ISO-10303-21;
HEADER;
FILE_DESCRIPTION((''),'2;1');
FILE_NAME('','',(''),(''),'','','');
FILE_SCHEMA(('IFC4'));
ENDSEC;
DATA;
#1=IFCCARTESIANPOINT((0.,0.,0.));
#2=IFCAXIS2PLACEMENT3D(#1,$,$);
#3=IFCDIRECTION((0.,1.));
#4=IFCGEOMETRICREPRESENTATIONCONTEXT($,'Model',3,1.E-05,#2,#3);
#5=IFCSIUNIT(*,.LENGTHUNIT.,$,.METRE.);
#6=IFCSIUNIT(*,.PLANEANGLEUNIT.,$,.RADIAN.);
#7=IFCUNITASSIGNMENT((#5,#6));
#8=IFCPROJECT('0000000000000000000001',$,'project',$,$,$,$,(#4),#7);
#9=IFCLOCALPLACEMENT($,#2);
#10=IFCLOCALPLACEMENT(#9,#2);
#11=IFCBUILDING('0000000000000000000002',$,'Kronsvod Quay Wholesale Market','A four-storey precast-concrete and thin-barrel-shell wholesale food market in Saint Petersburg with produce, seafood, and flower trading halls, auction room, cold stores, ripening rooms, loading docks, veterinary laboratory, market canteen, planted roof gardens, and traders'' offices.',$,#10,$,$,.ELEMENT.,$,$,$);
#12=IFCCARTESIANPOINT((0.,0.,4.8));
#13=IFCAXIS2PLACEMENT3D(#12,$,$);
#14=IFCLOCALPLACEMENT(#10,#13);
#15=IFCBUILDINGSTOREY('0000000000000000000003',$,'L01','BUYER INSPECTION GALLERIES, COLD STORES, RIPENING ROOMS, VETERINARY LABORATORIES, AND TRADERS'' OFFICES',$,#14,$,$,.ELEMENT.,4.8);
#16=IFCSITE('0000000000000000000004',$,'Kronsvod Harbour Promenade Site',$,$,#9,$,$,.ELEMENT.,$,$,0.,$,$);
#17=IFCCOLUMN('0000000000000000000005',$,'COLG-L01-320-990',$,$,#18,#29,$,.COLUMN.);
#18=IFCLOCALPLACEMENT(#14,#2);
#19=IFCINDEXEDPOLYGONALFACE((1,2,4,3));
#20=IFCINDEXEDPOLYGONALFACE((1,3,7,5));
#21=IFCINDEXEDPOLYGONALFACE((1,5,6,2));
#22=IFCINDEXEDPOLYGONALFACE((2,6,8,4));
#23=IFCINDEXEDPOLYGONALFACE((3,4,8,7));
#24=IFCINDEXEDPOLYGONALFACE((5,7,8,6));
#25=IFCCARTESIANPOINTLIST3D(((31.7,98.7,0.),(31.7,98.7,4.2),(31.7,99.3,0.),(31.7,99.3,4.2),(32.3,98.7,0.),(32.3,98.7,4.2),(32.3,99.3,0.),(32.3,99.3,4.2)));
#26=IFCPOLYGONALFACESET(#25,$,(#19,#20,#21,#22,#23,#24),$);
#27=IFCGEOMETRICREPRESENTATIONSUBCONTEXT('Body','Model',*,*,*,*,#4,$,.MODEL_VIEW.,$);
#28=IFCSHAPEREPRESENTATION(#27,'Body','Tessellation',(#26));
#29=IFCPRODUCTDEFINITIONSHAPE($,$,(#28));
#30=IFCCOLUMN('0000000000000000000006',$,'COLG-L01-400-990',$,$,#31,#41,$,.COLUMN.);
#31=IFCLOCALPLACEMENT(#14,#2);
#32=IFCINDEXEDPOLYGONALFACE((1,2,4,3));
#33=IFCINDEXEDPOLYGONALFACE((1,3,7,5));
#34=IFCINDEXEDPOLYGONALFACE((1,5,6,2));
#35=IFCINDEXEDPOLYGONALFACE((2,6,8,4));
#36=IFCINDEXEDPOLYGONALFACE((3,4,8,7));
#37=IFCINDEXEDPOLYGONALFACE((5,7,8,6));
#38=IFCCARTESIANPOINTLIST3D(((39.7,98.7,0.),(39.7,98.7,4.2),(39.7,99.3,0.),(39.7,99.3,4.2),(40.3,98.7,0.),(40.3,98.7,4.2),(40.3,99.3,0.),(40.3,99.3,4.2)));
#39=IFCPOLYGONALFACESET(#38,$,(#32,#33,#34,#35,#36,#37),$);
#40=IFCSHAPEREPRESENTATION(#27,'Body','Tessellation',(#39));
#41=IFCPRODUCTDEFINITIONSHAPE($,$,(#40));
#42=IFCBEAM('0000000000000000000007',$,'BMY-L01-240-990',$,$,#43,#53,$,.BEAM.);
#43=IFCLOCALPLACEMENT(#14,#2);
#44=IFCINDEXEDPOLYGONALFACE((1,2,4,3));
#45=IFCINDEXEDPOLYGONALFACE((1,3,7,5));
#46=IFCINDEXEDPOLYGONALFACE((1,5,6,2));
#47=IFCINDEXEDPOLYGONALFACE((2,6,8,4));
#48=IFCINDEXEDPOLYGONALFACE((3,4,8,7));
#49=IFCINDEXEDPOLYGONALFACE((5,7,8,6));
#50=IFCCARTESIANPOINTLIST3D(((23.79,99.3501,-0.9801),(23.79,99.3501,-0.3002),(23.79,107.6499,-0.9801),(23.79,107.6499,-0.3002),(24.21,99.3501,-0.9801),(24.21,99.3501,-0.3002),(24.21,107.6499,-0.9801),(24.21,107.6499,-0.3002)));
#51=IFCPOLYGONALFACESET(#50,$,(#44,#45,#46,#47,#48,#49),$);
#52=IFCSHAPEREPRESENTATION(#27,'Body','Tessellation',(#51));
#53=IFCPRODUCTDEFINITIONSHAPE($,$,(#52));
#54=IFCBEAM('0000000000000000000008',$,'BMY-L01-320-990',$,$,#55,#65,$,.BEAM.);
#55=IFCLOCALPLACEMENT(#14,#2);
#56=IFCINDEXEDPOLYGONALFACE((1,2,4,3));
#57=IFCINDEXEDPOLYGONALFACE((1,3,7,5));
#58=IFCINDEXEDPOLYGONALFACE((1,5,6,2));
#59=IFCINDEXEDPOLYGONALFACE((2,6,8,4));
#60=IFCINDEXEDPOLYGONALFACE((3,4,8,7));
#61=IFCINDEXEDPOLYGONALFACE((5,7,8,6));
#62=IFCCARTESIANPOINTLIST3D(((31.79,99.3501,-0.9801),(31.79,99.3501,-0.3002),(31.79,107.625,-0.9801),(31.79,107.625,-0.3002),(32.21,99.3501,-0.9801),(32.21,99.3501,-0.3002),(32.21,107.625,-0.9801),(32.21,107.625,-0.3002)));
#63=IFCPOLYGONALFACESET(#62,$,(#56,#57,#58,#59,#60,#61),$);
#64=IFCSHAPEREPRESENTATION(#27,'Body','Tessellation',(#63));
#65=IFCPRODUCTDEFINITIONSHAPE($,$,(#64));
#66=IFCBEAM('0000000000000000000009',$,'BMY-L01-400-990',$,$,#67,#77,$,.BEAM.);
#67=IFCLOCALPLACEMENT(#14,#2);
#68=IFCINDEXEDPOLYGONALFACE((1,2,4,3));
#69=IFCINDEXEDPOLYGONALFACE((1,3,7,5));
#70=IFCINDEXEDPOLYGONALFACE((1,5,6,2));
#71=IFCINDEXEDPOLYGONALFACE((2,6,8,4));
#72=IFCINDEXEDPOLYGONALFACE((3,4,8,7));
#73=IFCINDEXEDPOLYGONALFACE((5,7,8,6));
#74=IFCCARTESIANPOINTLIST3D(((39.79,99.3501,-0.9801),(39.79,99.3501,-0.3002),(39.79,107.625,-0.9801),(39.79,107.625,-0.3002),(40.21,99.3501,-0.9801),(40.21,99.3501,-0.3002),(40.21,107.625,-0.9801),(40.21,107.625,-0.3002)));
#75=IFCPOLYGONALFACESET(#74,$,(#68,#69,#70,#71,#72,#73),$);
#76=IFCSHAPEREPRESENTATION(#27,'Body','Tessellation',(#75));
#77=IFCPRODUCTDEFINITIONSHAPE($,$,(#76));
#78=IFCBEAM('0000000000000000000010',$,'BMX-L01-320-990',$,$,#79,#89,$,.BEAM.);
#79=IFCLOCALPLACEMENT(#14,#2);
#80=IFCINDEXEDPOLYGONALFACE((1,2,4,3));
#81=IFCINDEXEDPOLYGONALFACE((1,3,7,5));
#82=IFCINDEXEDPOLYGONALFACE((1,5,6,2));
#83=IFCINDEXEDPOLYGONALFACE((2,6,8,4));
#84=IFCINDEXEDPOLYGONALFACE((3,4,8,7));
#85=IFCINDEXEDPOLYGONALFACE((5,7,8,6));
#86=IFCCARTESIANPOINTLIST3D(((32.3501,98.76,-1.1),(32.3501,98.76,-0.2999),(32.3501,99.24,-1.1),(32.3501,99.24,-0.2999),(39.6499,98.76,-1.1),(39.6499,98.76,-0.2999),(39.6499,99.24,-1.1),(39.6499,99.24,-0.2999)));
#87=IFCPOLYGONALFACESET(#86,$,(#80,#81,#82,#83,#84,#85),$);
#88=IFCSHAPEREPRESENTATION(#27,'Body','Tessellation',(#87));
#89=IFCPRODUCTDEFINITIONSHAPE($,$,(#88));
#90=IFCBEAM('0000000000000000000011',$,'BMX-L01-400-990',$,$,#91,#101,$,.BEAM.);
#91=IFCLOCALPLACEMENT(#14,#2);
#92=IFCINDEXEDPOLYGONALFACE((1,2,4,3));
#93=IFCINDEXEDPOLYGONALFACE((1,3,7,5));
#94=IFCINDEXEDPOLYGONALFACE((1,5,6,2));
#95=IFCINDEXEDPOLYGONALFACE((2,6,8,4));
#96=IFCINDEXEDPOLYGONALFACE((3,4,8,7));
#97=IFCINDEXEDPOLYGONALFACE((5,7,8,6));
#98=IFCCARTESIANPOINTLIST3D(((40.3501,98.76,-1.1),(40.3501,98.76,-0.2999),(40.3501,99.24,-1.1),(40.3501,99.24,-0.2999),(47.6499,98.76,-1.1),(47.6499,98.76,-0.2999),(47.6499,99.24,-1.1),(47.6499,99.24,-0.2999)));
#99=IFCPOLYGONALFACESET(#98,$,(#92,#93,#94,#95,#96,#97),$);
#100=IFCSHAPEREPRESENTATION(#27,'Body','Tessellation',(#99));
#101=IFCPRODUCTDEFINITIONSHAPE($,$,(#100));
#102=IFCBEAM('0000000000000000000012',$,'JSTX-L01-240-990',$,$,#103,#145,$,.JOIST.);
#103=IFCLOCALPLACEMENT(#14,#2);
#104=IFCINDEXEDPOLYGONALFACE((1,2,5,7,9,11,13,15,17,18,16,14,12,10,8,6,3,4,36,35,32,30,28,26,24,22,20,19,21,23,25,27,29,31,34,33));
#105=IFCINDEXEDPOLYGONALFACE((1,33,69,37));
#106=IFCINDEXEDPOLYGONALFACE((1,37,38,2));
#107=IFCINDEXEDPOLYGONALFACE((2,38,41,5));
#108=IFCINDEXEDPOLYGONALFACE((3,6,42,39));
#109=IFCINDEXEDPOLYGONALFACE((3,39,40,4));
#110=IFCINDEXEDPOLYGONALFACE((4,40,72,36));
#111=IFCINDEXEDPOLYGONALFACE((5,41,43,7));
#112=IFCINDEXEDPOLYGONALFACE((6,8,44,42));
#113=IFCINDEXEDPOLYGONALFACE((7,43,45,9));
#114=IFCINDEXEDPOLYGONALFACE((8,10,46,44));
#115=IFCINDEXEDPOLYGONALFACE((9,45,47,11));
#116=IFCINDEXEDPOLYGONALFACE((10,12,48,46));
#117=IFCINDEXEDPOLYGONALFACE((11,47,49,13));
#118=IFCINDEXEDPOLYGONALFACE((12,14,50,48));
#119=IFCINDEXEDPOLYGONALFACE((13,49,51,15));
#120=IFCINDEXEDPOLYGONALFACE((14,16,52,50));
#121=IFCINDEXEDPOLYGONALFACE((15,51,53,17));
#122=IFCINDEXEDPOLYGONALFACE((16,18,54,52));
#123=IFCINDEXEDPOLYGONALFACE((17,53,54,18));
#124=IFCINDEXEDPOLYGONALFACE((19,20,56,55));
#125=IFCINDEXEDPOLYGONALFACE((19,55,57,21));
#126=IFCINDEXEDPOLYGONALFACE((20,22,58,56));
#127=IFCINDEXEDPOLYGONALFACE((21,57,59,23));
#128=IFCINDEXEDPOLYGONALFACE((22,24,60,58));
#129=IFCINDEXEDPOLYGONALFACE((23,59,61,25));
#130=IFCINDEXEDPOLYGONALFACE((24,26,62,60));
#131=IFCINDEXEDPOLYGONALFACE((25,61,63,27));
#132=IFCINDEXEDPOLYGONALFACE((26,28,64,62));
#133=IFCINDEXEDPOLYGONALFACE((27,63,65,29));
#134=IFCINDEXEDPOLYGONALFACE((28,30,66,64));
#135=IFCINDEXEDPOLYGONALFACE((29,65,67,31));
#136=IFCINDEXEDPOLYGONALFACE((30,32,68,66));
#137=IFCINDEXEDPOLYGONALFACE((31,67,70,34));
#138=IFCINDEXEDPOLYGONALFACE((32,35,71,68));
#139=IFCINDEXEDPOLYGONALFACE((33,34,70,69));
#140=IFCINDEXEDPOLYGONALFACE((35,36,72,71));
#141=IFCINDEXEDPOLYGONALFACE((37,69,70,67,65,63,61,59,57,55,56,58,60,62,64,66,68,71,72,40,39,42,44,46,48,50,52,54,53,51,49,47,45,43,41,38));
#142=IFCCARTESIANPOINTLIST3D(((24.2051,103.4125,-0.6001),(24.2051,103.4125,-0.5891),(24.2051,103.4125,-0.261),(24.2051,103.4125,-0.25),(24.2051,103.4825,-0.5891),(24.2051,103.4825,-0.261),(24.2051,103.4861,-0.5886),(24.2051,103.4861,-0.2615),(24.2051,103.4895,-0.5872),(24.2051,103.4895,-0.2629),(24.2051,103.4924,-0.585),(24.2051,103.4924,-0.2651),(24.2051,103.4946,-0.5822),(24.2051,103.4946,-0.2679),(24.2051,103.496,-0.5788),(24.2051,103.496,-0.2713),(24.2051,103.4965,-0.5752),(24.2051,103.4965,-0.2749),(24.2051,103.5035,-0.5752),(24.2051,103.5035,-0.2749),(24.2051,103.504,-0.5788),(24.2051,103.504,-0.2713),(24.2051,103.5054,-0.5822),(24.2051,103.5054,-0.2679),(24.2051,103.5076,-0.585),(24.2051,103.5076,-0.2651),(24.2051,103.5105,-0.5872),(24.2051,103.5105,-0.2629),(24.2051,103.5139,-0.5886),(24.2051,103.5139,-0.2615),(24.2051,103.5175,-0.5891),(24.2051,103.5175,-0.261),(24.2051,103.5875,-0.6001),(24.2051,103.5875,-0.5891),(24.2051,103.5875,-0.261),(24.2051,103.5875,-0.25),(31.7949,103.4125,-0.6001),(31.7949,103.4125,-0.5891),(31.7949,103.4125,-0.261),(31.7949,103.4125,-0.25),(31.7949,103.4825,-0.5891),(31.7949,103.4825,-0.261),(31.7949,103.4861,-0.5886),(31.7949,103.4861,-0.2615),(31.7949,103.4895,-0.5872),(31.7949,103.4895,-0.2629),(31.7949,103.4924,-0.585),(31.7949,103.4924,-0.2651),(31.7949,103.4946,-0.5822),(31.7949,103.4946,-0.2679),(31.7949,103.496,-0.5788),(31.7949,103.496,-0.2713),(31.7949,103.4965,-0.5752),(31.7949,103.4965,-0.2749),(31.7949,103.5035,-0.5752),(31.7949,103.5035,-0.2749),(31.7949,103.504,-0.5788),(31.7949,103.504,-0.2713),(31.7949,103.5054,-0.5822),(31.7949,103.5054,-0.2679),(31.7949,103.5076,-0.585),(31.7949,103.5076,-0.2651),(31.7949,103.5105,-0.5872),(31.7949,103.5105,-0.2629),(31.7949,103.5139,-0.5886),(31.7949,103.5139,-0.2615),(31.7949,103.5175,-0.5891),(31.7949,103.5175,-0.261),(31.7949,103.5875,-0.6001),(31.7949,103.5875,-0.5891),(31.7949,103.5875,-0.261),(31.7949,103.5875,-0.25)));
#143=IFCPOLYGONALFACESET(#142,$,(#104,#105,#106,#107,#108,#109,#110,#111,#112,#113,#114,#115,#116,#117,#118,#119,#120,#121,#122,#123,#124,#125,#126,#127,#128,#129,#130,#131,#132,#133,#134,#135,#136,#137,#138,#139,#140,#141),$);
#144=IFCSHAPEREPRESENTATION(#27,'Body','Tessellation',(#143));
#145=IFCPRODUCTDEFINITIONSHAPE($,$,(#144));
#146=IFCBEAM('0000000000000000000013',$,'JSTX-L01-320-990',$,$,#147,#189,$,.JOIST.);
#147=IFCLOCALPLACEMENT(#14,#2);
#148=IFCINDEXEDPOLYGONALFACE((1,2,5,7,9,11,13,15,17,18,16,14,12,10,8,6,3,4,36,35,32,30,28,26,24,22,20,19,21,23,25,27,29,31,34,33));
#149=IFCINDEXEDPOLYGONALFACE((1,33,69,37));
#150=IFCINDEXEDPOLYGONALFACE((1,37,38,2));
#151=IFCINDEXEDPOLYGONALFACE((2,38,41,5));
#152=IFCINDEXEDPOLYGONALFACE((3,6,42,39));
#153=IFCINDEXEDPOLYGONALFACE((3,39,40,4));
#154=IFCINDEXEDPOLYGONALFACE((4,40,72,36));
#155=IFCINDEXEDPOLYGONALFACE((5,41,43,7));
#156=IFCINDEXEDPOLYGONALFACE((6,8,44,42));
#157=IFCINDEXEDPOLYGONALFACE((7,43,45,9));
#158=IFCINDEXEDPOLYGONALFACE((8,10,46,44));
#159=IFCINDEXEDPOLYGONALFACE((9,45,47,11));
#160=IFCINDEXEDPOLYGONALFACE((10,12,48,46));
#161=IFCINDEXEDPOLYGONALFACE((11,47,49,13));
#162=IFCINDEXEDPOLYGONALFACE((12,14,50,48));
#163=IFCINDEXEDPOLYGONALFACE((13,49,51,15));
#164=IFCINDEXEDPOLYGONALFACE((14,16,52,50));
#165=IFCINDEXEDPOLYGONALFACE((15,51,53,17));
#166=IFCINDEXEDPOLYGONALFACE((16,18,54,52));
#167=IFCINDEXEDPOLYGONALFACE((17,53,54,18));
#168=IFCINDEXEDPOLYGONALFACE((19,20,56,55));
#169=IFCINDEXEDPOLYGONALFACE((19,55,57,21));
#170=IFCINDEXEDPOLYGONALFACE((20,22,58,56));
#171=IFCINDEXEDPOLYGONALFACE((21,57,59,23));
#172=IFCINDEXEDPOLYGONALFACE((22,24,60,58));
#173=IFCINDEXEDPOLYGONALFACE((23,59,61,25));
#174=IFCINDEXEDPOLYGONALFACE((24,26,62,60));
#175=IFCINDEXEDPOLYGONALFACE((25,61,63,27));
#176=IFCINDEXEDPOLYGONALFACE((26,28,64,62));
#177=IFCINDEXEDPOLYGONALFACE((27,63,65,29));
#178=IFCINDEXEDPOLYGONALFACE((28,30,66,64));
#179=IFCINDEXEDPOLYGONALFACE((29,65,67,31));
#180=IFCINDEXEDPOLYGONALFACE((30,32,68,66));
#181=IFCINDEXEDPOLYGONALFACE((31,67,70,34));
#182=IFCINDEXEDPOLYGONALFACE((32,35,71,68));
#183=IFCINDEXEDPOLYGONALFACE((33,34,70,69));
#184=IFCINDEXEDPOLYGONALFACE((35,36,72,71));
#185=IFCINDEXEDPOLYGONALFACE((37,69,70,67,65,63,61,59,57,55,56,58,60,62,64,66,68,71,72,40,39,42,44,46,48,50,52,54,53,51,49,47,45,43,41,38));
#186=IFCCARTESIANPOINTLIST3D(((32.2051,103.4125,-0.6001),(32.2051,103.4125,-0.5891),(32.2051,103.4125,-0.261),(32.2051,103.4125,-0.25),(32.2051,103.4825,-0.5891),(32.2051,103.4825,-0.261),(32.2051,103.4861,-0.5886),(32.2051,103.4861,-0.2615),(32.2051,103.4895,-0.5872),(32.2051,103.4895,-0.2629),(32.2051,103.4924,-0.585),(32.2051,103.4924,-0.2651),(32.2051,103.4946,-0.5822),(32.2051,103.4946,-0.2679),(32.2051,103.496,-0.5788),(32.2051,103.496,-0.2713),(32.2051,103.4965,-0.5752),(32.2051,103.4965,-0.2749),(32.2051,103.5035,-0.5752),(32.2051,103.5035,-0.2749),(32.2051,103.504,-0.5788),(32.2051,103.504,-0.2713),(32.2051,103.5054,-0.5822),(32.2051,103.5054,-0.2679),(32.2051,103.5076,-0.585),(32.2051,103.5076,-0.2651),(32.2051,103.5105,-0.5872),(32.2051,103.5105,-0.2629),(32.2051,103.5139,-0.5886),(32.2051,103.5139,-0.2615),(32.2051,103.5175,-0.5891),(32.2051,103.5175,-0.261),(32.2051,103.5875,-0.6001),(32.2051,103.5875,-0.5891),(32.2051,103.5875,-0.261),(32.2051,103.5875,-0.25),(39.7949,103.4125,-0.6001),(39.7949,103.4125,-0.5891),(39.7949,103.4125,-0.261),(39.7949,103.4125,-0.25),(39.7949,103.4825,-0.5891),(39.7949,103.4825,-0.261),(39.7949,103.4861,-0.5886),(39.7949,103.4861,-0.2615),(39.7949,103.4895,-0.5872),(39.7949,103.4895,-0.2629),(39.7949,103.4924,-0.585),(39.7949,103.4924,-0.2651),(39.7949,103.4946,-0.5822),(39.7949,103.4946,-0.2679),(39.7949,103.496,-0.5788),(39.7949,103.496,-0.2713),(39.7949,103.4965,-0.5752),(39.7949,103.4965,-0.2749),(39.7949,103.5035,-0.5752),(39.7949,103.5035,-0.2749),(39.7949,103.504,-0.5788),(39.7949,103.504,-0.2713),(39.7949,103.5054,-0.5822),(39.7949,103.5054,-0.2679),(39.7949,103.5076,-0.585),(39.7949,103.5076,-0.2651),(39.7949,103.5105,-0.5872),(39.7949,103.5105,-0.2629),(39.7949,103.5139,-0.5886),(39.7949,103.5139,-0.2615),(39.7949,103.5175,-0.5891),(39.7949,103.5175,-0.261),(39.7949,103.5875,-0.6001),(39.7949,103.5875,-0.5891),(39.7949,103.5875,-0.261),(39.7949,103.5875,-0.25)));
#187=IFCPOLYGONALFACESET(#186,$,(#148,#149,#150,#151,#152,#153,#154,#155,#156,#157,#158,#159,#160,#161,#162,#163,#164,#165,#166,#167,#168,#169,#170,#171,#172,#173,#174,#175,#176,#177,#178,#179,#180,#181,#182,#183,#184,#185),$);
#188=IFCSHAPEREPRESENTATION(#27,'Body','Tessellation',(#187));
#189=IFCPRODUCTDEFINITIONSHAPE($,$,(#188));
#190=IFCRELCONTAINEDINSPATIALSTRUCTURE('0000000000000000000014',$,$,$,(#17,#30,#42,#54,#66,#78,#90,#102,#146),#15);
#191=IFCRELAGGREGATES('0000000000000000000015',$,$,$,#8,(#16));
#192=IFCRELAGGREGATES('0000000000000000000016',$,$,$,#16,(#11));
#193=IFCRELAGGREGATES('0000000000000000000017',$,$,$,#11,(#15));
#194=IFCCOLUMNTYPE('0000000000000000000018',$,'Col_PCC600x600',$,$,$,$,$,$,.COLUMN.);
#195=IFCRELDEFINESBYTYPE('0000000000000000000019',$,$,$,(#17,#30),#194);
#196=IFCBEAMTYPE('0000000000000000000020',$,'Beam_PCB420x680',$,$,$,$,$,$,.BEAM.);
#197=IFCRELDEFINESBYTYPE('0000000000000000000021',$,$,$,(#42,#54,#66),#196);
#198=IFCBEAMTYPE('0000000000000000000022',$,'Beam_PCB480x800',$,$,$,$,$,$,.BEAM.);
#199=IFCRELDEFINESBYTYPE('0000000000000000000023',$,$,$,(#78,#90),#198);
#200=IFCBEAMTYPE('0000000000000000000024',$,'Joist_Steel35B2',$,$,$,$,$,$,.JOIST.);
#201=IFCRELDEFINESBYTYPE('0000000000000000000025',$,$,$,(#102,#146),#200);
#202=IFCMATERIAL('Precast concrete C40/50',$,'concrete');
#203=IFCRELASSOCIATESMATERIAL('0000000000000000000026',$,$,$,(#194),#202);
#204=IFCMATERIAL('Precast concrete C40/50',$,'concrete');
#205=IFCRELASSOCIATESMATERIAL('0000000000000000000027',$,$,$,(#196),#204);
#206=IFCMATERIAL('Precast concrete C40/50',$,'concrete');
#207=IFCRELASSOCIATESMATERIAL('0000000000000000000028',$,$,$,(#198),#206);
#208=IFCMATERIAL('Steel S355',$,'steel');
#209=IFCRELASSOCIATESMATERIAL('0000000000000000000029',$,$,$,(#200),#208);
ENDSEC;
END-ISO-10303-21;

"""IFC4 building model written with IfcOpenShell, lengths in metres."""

from ifc_helpers import new_model, si_unit, direction, frame, origin, origin_2d, place, context, subcontext, project, spatial, rectangle, i_section, extrude, material, material_profile, profile_set, type_object, element, save


model = new_model("IFC4")

# Units and contexts
model_context = context("Model", 3, precision=1e-05, world=origin(), true_north=direction((0.0, 1.0)))
body_context = subcontext(model_context, "Body", "Model", "MODEL_VIEW")
ifc_project = project(units=[si_unit("LENGTHUNIT", "METRE"), si_unit("PLANEANGLEUNIT", "RADIAN")], contexts=[model_context])

# Site, building, storey
site_placement = place(None, origin())
site = spatial("IfcSite", under=ifc_project, at=site_placement, Name="Kronsvod Harbour Promenade Site", CompositionType="ELEMENT", RefElevation=0.0)
building_placement = place(site_placement, origin())
building = spatial("IfcBuilding", under=site, at=building_placement, Name="Kronsvod Quay Wholesale Market", Description="A four-storey precast-concrete and thin-barrel-shell wholesale food market in Saint Petersburg with produce, seafood, and flower trading halls, auction room, cold stores, ripening rooms, loading docks, veterinary laboratory, market canteen, planted roof gardens, and traders' offices.", CompositionType="ELEMENT")
storey_placement = place(building_placement, frame((0.0, 0.0, 4.8)))
storey = spatial("IfcBuildingStorey", under=building, at=storey_placement, Name="L01", Description="BUYER INSPECTION GALLERIES, COLD STORES, RIPENING ROOMS, VETERINARY LABORATORIES, AND TRADERS' OFFICES", CompositionType="ELEMENT", Elevation=4.8)

# Columns
ifc_material_1 = material(Name="Precast concrete C40/50", Category="concrete")
ifc_material_profile_1 = material_profile(ifc_material_1, rectangle(XDim=0.6001, YDim=0.6001, at=origin_2d()), Name="PCC600x600")
ifc_profile_set_1 = profile_set([ifc_material_profile_1], Name="Precast concrete C40/50")
column_type = type_object("IfcColumnType", Name="Col_PCC600x600", PredefinedType="COLUMN", material=ifc_profile_set_1)
for number, where, z_axis, x_axis, name in (
    (1, (32.0, 99.0, 0.0), (0.0, 0.0, 1.0), (1.0, 0.0, 0.0), "COLG-L01-320-990"),
    (2, (40.0, 99.0, 0.0), (0.0, 0.0, 1.0), (1.0, 0.0, 0.0), "COLG-L01-400-990"),
):
    element("IfcColumn", number, at=place(storey_placement, frame(where, z_axis=z_axis, x_axis=x_axis)), inside=storey, type_object=column_type, Name=name, PredefinedType="COLUMN", context=body_context, shape_type="SweptSolid", body=[
        extrude(rectangle(XDim=0.6001, YDim=0.6001, at=origin_2d()), origin(), (0.0, 0.0, 1.0), 4.2),
    ])

# Beams
ifc_material_2 = material(Name="Precast concrete C40/50", Category="concrete")
ifc_material_profile_2 = material_profile(ifc_material_2, rectangle(XDim=0.4199, YDim=0.6799, at=origin_2d()), Name="PB-05")
ifc_profile_set_2 = profile_set([ifc_material_profile_2], Name="Precast concrete C40/50")
beam_type_1 = type_object("IfcBeamType", Name="Beam_PCB420x680", PredefinedType="BEAM", material=ifc_profile_set_2)
beam_placement = place(storey_placement, frame((24.0, 99.3501, -0.6401), z_axis=(0.0, 1.0, 0.0), x_axis=(-1.0, 0.0, 0.0)))
element("IfcBeam", 3, at=beam_placement, inside=storey, type_object=beam_type_1, Name="BMY-L01-240-990", PredefinedType="BEAM", context=body_context, shape_type="SweptSolid", body=[
    extrude(rectangle(XDim=0.4199, YDim=0.6799, at=origin_2d()), origin(), (0.0, 0.0, 1.0), 8.2998),
])
for number, where, z_axis, x_axis, name in (
    (4, (32.0, 99.3501, -0.6401), (0.0, 1.0, 0.0), (-1.0, 0.0, 0.0), "BMY-L01-320-990"),
    (5, (40.0, 99.3501, -0.6401), (0.0, 1.0, 0.0), (-1.0, 0.0, 0.0), "BMY-L01-400-990"),
):
    element("IfcBeam", number, at=place(storey_placement, frame(where, z_axis=z_axis, x_axis=x_axis)), inside=storey, type_object=beam_type_1, Name=name, PredefinedType="BEAM", context=body_context, shape_type="SweptSolid", body=[
        extrude(rectangle(XDim=0.4199, YDim=0.6799, at=origin_2d()), origin(), (0.0, 0.0, 1.0), 8.2749),
    ])
ifc_material_3 = material(Name="Precast concrete C40/50", Category="concrete")
ifc_material_profile_3 = material_profile(ifc_material_3, rectangle(XDim=0.48, YDim=0.8, at=origin_2d()), Name="PB-04")
ifc_profile_set_3 = profile_set([ifc_material_profile_3], Name="Precast concrete C40/50")
beam_type_2 = type_object("IfcBeamType", Name="Beam_PCB480x800", PredefinedType="BEAM", material=ifc_profile_set_3)
for number, where, z_axis, x_axis, name in (
    (6, (32.3501, 99.0, -0.7), (1.0, 0.0, 0.0), (0.0, 1.0, 0.0), "BMX-L01-320-990"),
    (7, (40.3501, 99.0, -0.7), (1.0, 0.0, 0.0), (0.0, 1.0, 0.0), "BMX-L01-400-990"),
):
    element("IfcBeam", number, at=place(storey_placement, frame(where, z_axis=z_axis, x_axis=x_axis)), inside=storey, type_object=beam_type_2, Name=name, PredefinedType="BEAM", context=body_context, shape_type="SweptSolid", body=[
        extrude(rectangle(XDim=0.48, YDim=0.8, at=origin_2d()), origin(), (0.0, 0.0, 1.0), 7.2998),
    ])
ifc_material_4 = material(Name="Steel S355", Category="steel")
ifc_material_profile_4 = material_profile(ifc_material_4, i_section(OverallWidth=0.175, OverallDepth=0.3501, WebThickness=0.0071, FlangeThickness=0.011, FilletRadius=0.0139, at=origin_2d()), Name="35B2")
ifc_profile_set_4 = profile_set([ifc_material_profile_4], Name="Steel S355")
beam_type_3 = type_object("IfcBeamType", Name="Joist_Steel35B2", PredefinedType="JOIST", material=ifc_profile_set_4)
for number, where, z_axis, x_axis, name in (
    (8, (24.2051, 103.5, -0.425), (1.0, 0.0, 0.0), (0.0, 1.0, 0.0), "JSTX-L01-240-990"),
    (9, (32.2051, 103.5, -0.425), (1.0, 0.0, 0.0), (0.0, 1.0, 0.0), "JSTX-L01-320-990"),
):
    element("IfcBeam", number, at=place(storey_placement, frame(where, z_axis=z_axis, x_axis=x_axis)), inside=storey, type_object=beam_type_3, Name=name, PredefinedType="JOIST", context=body_context, shape_type="SweptSolid", body=[
        extrude(i_section(OverallWidth=0.175, OverallDepth=0.3501, WebThickness=0.0071, FlangeThickness=0.011, FilletRadius=0.0139, at=origin_2d()), origin(), (0.0, 0.0, 1.0), 7.5898),
    ])

save(model, "model.ifc")
